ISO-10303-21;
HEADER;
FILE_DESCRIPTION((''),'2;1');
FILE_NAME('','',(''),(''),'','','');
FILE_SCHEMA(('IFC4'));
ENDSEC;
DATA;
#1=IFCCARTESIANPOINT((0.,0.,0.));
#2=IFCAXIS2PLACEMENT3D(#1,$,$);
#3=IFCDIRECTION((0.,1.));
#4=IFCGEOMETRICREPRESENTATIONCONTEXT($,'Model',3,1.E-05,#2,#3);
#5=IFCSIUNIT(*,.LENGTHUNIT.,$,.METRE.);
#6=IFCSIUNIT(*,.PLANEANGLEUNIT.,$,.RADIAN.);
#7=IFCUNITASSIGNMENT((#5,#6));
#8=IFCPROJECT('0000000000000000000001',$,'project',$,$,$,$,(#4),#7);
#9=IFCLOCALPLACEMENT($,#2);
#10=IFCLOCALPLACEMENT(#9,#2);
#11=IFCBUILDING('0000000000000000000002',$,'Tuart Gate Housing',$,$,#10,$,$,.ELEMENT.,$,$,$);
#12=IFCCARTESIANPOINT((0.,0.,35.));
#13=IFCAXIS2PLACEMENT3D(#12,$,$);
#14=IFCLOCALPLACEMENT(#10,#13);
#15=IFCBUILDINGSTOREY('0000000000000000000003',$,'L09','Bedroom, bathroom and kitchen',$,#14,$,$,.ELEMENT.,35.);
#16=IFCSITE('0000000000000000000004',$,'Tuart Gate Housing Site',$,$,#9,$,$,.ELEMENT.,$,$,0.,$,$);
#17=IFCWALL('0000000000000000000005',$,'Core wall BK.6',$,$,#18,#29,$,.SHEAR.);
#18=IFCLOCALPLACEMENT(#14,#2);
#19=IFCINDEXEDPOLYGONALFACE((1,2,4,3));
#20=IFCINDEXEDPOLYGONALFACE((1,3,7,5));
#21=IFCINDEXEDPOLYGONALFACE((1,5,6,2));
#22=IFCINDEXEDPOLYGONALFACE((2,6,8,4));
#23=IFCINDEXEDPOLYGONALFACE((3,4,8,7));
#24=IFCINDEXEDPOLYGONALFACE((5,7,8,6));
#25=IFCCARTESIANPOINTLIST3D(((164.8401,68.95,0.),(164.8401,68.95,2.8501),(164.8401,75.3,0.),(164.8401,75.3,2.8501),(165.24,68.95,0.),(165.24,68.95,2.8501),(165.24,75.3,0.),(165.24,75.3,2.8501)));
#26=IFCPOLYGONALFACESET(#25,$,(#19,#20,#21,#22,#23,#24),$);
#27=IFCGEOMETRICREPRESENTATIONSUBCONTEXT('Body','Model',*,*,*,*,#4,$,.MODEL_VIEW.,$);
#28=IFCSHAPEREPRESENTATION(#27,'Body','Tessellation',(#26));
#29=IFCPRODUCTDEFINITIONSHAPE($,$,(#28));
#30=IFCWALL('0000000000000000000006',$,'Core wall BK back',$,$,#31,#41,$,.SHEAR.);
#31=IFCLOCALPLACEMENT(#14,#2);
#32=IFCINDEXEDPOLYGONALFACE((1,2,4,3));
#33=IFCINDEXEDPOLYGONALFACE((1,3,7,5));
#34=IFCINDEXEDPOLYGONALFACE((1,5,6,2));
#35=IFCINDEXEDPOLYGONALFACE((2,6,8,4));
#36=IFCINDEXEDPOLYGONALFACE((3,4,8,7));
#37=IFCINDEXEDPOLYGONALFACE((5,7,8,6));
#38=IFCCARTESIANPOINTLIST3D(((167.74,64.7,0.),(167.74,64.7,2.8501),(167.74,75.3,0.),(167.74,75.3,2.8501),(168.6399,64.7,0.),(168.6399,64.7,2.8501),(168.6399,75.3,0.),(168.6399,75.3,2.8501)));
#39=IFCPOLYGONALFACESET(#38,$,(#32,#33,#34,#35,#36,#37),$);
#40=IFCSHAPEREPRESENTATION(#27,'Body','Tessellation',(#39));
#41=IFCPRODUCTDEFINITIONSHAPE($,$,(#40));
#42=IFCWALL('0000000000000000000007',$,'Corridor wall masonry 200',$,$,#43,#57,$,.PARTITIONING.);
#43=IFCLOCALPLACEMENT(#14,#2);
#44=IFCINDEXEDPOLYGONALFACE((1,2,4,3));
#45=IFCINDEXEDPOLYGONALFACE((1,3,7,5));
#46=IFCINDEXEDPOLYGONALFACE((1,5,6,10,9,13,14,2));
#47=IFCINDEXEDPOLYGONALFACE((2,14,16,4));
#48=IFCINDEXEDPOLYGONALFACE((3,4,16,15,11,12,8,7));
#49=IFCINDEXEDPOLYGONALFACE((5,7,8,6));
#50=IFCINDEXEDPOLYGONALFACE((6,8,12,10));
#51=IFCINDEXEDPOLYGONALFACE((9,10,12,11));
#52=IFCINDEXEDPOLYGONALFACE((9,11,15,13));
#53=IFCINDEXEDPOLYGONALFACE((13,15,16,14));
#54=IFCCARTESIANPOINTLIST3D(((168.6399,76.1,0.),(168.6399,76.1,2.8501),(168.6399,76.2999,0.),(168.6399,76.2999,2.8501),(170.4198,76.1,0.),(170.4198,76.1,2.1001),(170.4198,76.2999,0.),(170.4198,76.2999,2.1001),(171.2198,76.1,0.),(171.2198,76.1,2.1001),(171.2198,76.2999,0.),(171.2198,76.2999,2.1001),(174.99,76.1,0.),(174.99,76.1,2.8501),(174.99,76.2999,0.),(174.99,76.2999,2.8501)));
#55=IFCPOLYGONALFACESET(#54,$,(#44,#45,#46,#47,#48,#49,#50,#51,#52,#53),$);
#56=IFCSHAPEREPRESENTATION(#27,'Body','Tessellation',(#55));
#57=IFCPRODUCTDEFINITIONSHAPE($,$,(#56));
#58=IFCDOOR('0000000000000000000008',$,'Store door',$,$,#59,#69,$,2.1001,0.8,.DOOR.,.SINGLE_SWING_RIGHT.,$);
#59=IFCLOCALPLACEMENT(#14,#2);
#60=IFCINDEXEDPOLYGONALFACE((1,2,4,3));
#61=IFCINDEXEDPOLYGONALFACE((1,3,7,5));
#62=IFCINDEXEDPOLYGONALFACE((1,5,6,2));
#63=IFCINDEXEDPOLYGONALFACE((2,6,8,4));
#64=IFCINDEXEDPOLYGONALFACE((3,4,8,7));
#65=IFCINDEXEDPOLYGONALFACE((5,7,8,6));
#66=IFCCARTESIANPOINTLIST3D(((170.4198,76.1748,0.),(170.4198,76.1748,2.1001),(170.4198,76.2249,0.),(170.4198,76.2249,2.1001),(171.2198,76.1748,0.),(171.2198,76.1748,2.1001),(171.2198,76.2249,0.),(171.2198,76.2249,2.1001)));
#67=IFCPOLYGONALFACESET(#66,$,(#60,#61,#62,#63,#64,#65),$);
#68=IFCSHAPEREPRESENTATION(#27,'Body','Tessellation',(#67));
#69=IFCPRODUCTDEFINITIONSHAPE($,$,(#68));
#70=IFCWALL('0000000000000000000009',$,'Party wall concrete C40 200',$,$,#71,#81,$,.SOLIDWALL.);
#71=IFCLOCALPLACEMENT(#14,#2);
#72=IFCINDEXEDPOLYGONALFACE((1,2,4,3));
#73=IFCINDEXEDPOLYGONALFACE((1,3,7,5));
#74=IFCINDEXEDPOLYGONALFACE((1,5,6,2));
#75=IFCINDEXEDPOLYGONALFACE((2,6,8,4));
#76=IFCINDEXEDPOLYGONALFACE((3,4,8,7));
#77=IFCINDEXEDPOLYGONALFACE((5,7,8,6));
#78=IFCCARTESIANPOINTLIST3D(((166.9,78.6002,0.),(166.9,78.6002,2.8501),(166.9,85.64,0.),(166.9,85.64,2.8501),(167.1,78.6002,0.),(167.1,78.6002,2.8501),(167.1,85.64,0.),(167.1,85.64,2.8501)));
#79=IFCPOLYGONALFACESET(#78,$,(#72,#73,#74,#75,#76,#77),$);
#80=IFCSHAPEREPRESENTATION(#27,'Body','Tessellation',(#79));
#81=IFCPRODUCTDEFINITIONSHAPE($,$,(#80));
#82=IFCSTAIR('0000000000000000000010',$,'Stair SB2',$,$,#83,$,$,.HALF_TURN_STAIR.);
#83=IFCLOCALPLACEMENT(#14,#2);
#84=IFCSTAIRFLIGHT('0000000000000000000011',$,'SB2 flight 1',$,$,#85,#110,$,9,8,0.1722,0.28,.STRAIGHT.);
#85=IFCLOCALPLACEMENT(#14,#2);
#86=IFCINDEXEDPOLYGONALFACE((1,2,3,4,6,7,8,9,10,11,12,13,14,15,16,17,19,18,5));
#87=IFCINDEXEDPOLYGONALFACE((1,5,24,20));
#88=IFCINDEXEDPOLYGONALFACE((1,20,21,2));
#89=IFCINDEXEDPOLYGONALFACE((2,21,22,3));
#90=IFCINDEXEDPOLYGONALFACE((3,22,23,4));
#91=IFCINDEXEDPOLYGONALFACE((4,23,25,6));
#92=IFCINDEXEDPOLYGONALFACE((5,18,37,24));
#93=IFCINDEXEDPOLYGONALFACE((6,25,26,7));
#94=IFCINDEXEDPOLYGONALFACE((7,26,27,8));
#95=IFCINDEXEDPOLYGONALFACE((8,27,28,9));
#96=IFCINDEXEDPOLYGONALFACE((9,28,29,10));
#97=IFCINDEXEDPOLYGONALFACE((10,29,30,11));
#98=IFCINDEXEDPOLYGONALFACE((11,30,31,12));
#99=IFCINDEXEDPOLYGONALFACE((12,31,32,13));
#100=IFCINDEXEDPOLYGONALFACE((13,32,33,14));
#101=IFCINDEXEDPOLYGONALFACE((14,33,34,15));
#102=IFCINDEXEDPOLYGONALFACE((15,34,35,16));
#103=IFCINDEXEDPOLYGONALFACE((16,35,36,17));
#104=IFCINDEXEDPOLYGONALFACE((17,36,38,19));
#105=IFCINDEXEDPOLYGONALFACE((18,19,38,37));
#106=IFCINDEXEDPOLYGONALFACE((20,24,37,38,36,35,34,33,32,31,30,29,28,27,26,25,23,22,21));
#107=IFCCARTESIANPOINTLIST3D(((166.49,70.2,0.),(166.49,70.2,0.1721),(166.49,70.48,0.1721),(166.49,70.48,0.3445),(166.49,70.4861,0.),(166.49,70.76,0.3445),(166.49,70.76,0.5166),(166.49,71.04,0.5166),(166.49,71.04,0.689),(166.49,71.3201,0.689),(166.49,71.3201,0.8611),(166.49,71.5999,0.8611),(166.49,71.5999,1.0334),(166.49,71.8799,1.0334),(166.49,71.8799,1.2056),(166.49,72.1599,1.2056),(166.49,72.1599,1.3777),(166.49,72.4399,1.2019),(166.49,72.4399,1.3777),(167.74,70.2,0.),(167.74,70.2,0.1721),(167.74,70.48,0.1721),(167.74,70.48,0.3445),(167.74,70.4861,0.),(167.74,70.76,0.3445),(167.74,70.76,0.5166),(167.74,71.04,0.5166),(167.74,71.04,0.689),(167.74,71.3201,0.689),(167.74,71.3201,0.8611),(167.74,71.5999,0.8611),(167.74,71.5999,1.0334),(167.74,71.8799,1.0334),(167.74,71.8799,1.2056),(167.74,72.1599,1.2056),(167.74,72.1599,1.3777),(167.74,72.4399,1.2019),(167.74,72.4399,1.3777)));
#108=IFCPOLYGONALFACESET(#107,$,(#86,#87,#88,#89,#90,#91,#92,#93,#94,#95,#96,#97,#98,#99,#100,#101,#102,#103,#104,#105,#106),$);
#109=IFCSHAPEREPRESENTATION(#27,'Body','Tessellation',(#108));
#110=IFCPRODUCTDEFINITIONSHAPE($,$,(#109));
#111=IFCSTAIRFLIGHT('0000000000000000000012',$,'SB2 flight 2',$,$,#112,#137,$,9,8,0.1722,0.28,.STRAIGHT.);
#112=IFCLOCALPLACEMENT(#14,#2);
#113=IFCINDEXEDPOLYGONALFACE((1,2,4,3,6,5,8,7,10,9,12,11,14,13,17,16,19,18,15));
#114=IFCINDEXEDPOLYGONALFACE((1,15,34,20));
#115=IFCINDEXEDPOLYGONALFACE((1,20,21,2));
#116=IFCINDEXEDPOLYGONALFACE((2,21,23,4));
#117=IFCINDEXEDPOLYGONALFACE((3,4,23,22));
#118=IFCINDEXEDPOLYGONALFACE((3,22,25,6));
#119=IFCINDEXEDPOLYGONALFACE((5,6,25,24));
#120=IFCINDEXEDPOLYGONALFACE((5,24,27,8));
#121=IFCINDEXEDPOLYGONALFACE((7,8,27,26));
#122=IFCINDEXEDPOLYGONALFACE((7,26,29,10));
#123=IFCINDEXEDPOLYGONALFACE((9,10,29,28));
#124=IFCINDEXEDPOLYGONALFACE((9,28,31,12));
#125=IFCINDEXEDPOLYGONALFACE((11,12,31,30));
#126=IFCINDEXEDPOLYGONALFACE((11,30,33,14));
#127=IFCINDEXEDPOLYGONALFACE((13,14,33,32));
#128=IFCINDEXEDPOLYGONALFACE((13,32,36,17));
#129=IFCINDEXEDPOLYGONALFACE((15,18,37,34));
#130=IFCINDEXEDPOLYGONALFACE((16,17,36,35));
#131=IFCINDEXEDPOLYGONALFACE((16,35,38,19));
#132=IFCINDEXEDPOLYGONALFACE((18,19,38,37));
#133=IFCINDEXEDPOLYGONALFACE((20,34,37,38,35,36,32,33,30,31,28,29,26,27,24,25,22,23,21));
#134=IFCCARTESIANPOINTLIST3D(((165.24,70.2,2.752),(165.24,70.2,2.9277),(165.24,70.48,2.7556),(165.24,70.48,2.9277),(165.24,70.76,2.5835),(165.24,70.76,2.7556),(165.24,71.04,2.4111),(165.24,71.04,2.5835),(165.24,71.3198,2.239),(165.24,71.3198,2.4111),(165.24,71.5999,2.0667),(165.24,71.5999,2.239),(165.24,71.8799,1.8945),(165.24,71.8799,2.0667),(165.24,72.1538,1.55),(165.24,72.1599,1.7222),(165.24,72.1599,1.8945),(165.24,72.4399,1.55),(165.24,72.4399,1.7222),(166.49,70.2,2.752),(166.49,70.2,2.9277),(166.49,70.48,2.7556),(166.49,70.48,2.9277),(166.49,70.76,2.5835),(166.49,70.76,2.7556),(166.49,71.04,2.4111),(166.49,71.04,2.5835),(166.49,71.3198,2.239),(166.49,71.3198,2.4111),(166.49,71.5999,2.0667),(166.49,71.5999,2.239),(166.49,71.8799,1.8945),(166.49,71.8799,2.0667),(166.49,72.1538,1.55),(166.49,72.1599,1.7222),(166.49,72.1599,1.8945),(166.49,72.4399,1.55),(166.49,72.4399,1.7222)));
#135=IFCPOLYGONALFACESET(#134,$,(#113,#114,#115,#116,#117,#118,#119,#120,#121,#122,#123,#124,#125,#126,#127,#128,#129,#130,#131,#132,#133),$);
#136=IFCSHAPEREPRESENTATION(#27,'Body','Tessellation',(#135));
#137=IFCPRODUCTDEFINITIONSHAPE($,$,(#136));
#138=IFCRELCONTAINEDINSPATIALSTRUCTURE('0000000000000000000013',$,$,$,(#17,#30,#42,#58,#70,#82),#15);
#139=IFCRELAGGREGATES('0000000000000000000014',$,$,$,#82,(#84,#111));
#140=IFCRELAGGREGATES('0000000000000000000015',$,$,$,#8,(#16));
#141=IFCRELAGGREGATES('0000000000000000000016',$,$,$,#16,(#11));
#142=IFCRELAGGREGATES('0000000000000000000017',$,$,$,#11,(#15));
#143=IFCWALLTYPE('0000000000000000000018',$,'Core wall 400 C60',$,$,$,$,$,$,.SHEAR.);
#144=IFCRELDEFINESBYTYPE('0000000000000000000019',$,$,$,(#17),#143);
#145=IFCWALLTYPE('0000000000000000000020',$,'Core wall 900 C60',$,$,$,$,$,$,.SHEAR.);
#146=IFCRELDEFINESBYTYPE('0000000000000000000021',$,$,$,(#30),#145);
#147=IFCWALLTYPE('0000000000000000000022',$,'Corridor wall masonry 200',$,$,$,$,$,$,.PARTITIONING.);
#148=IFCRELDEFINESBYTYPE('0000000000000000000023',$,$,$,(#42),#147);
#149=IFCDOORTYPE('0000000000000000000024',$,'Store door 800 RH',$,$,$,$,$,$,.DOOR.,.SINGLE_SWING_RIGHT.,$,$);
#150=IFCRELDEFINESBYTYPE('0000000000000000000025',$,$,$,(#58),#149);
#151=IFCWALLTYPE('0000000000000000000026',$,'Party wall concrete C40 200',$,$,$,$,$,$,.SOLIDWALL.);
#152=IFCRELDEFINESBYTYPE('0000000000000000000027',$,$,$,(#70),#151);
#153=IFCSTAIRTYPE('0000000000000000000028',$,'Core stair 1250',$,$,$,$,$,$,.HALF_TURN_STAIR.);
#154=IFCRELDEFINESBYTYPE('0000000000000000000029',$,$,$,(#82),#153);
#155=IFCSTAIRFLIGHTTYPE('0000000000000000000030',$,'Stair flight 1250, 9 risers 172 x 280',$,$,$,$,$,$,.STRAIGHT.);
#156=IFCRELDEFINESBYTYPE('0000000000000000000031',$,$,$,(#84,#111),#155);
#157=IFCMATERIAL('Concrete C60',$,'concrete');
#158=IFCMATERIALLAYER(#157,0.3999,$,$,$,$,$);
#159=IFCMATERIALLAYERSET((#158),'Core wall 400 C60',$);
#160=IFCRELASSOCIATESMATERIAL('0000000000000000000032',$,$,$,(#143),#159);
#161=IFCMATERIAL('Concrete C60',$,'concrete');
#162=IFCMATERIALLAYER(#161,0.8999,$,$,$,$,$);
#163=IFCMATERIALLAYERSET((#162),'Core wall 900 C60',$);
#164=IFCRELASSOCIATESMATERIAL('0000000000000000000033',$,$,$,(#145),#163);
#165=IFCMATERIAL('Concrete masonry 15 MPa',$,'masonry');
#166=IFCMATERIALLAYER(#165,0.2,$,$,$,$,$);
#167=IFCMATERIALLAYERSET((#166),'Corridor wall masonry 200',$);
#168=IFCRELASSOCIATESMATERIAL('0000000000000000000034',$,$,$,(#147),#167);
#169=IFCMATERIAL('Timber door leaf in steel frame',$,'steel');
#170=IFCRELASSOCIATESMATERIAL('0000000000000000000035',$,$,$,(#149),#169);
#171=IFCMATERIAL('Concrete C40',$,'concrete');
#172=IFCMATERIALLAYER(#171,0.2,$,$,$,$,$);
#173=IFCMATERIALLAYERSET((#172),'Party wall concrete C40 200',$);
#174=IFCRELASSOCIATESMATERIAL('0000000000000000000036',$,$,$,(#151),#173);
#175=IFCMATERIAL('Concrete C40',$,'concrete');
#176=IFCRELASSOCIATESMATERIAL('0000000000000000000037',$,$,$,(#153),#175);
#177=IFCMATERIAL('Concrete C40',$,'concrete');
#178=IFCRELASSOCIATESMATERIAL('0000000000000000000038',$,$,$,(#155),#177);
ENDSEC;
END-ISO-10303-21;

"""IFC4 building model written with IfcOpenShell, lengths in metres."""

from ifc_helpers import new_model, si_unit, direction, frame, frame_2d, origin, place, context, subcontext, project, spatial, polyline, rectangle, outline, extrude, material, layer, layer_set, type_object, element, fill, aggregate, save


model = new_model("IFC4")

# Units and contexts
model_context = context("Model", 3, precision=1e-05, world=origin(), true_north=direction((0.0, 1.0)))
body_context = subcontext(model_context, "Body", "Model", "MODEL_VIEW")
ifc_project = project(units=[si_unit("LENGTHUNIT", "METRE"), si_unit("PLANEANGLEUNIT", "RADIAN")], contexts=[model_context])

# Site, building, storey
site_placement = place(None, origin())
site = spatial("IfcSite", under=ifc_project, at=site_placement, Name="Tuart Gate Housing Site", CompositionType="ELEMENT", RefElevation=0.0)
building_placement = place(site_placement, origin())
building = spatial("IfcBuilding", under=site, at=building_placement, Name="Tuart Gate Housing", CompositionType="ELEMENT")
storey_placement = place(building_placement, frame((0.0, 0.0, 35.0)))
storey = spatial("IfcBuildingStorey", under=building, at=storey_placement, Name="L09", Description="Bedroom, bathroom and kitchen", CompositionType="ELEMENT", Elevation=35.0)

# Walls
ifc_material_1 = material(Name="Concrete C60", Category="concrete")
ifc_layer_1 = layer(ifc_material_1, 0.3999)
ifc_layer_set_1 = layer_set([ifc_layer_1], Name="Core wall 400 C60")
wall_type_1 = type_object("IfcWallType", Name="Core wall 400 C60", PredefinedType="SHEAR", material=ifc_layer_set_1)
wall_1_placement = place(storey_placement, frame((165.04, 75.3, 0.0), z_axis=(0.0, 0.0, 1.0), x_axis=(0.0, -1.0, 0.0)))
element("IfcWall", 1, at=wall_1_placement, inside=storey, type_object=wall_type_1, Name="Core wall BK.6", PredefinedType="SHEAR", context=body_context, shape_type="SweptSolid", body=[
    extrude(rectangle(XDim=6.3501, YDim=0.3999, at=frame_2d((3.175, 0.0))), origin(), (0.0, 0.0, 1.0), 2.8501),
])
ifc_material_2 = material(Name="Concrete C60", Category="concrete")
ifc_layer_2 = layer(ifc_material_2, 0.8999)
ifc_layer_set_2 = layer_set([ifc_layer_2], Name="Core wall 900 C60")
wall_type_2 = type_object("IfcWallType", Name="Core wall 900 C60", PredefinedType="SHEAR", material=ifc_layer_set_2)
wall_2_placement = place(storey_placement, frame((168.1899, 75.3, 0.0), z_axis=(0.0, 0.0, 1.0), x_axis=(0.0, -1.0, 0.0)))
element("IfcWall", 2, at=wall_2_placement, inside=storey, type_object=wall_type_2, Name="Core wall BK back", PredefinedType="SHEAR", context=body_context, shape_type="SweptSolid", body=[
    extrude(rectangle(XDim=10.6001, YDim=0.8999, at=frame_2d((5.3, 0.0))), origin(), (0.0, 0.0, 1.0), 2.8501),
])

# Wall, opening, door
ifc_material_3 = material(Name="Concrete masonry 15 MPa", Category="masonry")
ifc_layer_3 = layer(ifc_material_3, 0.2)
ifc_layer_set_3 = layer_set([ifc_layer_3], Name="Corridor wall masonry 200")
wall_type_3 = type_object("IfcWallType", Name="Corridor wall masonry 200", PredefinedType="PARTITIONING", material=ifc_layer_set_3)
wall_3_placement = place(storey_placement, frame((168.6399, 76.2, 0.0), z_axis=(0.0, 0.0, 1.0), x_axis=(1.0, 0.0, 0.0)))
wall_3 = element("IfcWall", 3, at=wall_3_placement, inside=storey, type_object=wall_type_3, Name="Corridor wall masonry 200", PredefinedType="PARTITIONING", context=body_context, shape_type="SweptSolid", body=[
    extrude(rectangle(XDim=6.3501, YDim=0.2, at=frame_2d((3.175, 0.0))), origin(), (0.0, 0.0, 1.0), 2.8501),
])
opening_placement = place(wall_3_placement, frame((1.78, 0.0, 0.0)))
opening = element("IfcOpeningElement", 4, at=opening_placement, cuts=wall_3, PredefinedType="OPENING", context=body_context, shape_type="SweptSolid", body=[
    extrude(rectangle(XDim=0.8, YDim=2.1001, at=frame_2d((0.3999, 1.05))), frame((0.0, 0.1099, 0.0), z_axis=(0.0, -1.0, 0.0), x_axis=(1.0, 0.0, 0.0)), (0.0, 0.0, 1.0), 0.22),
])
ifc_material_4 = material(Name="Timber door leaf in steel frame", Category="steel")
door_type = type_object("IfcDoorType", Name="Store door 800 RH", OperationType="SINGLE_SWING_RIGHT", PredefinedType="DOOR", material=ifc_material_4)
door_placement = place(opening_placement, frame((0.8, 0.0, 0.0), z_axis=(0.0, 0.0, 1.0), x_axis=(-1.0, 0.0, 0.0)))
door = element("IfcDoor", 5, at=door_placement, inside=storey, type_object=door_type, Name="Store door", OperationType="SINGLE_SWING_RIGHT", OverallHeight=2.1001, OverallWidth=0.8, PredefinedType="DOOR", context=body_context, shape_type="SweptSolid", body=[
    extrude(rectangle(XDim=0.8, YDim=2.1001, at=frame_2d((0.4001, 1.05))), frame((0.0, 0.0251, 0.0), z_axis=(0.0, -1.0, 0.0), x_axis=(1.0, 0.0, 0.0)), (0.0, 0.0, 1.0), 0.05),
])
fill(opening, door)

# Wall
ifc_material_5 = material(Name="Concrete C40", Category="concrete")
ifc_layer_4 = layer(ifc_material_5, 0.2)
ifc_layer_set_4 = layer_set([ifc_layer_4], Name="Party wall concrete C40 200")
wall_type_4 = type_object("IfcWallType", Name="Party wall concrete C40 200", PredefinedType="SOLIDWALL", material=ifc_layer_set_4)
wall_4_placement = place(storey_placement, frame((167.0, 78.6001, 0.0), z_axis=(0.0, 0.0, 1.0), x_axis=(0.0, 1.0, 0.0)))
element("IfcWall", 6, at=wall_4_placement, inside=storey, type_object=wall_type_4, Name="Party wall concrete C40 200", PredefinedType="SOLIDWALL", context=body_context, shape_type="SweptSolid", body=[
    extrude(rectangle(XDim=7.0398, YDim=0.2, at=frame_2d((3.52, 0.0))), origin(), (0.0, 0.0, 1.0), 2.8501),
])

# Stair, stair flights
ifc_material_6 = material(Name="Concrete C40", Category="concrete")
stair_type = type_object("IfcStairType", Name="Core stair 1250", PredefinedType="HALF_TURN_STAIR", material=ifc_material_6)
stair_placement = place(storey_placement, origin())
stair = element("IfcStair", 7, at=stair_placement, inside=storey, type_object=stair_type, Name="Stair SB2", PredefinedType="HALF_TURN_STAIR")
ifc_material_7 = material(Name="Concrete C40", Category="concrete")
stair_flight_type = type_object("IfcStairFlightType", Name="Stair flight 1250, 9 risers 172 x 280", PredefinedType="STRAIGHT", material=ifc_material_7)
stair_flight_1_placement = place(storey_placement, frame((167.115, 70.2, 0.0), z_axis=(0.0, 0.0, 1.0), x_axis=(0.0, 1.0, 0.0)))
stair_flight_1 = element("IfcStairFlight", 8, at=stair_flight_1_placement, type_object=stair_flight_type, Name="SB2 flight 1", NumberOfRisers=9, NumberOfTreads=8, PredefinedType="STRAIGHT", RiserHeight=0.1722, TreadLength=0.28, context=body_context, shape_type="SweptSolid", body=[
    extrude(outline(polyline([(0.0, 0.0), (0.0, 0.1721), (0.28, 0.1721), (0.28, 0.3445), (0.5601, 0.3445), (0.5601, 0.5166), (0.8401, 0.5166), (0.8401, 0.689), (1.1201, 0.689), (1.1201, 0.8611), (1.3999, 0.8611), (1.3999, 1.0334), (1.6799, 1.0334), (1.6799, 1.2056), (1.96, 1.2056), (1.96, 1.3777), (2.24, 1.3777), (2.24, 1.55), (2.24, 1.2019), (0.2861, 0.0), (0.0, 0.0)])), frame((0.0, 0.625, 0.0), z_axis=(0.0, -1.0, 0.0), x_axis=(1.0, 0.0, 0.0)), (0.0, 0.0, 1.0), 1.25),
])
stair_flight_2_placement = place(storey_placement, frame((165.865, 72.4399, 1.55), z_axis=(0.0, 0.0, 1.0), x_axis=(0.0, -1.0, 0.0)))
stair_flight_2 = element("IfcStairFlight", 9, at=stair_flight_2_placement, type_object=stair_flight_type, Name="SB2 flight 2", NumberOfRisers=9, NumberOfTreads=8, PredefinedType="STRAIGHT", RiserHeight=0.1722, TreadLength=0.28, context=body_context, shape_type="SweptSolid", body=[
    extrude(outline(polyline([(0.0, 0.0), (0.0, 0.1721), (0.28, 0.1721), (0.28, 0.3445), (0.5601, 0.3445), (0.5601, 0.5166), (0.8401, 0.5166), (0.8401, 0.689), (1.1201, 0.689), (1.1201, 0.8611), (1.3999, 0.8611), (1.3999, 1.0334), (1.6799, 1.0334), (1.6799, 1.2056), (1.96, 1.2056), (1.96, 1.3777), (2.24, 1.3777), (2.24, 1.55), (2.24, 1.2019), (0.2861, 0.0), (0.0, 0.0)])), frame((0.0, 0.625, 0.0), z_axis=(0.0, -1.0, 0.0), x_axis=(1.0, 0.0, 0.0)), (0.0, 0.0, 1.0), 1.25),
])
aggregate(stair, [stair_flight_1, stair_flight_2])

save(model, "model.ifc")
